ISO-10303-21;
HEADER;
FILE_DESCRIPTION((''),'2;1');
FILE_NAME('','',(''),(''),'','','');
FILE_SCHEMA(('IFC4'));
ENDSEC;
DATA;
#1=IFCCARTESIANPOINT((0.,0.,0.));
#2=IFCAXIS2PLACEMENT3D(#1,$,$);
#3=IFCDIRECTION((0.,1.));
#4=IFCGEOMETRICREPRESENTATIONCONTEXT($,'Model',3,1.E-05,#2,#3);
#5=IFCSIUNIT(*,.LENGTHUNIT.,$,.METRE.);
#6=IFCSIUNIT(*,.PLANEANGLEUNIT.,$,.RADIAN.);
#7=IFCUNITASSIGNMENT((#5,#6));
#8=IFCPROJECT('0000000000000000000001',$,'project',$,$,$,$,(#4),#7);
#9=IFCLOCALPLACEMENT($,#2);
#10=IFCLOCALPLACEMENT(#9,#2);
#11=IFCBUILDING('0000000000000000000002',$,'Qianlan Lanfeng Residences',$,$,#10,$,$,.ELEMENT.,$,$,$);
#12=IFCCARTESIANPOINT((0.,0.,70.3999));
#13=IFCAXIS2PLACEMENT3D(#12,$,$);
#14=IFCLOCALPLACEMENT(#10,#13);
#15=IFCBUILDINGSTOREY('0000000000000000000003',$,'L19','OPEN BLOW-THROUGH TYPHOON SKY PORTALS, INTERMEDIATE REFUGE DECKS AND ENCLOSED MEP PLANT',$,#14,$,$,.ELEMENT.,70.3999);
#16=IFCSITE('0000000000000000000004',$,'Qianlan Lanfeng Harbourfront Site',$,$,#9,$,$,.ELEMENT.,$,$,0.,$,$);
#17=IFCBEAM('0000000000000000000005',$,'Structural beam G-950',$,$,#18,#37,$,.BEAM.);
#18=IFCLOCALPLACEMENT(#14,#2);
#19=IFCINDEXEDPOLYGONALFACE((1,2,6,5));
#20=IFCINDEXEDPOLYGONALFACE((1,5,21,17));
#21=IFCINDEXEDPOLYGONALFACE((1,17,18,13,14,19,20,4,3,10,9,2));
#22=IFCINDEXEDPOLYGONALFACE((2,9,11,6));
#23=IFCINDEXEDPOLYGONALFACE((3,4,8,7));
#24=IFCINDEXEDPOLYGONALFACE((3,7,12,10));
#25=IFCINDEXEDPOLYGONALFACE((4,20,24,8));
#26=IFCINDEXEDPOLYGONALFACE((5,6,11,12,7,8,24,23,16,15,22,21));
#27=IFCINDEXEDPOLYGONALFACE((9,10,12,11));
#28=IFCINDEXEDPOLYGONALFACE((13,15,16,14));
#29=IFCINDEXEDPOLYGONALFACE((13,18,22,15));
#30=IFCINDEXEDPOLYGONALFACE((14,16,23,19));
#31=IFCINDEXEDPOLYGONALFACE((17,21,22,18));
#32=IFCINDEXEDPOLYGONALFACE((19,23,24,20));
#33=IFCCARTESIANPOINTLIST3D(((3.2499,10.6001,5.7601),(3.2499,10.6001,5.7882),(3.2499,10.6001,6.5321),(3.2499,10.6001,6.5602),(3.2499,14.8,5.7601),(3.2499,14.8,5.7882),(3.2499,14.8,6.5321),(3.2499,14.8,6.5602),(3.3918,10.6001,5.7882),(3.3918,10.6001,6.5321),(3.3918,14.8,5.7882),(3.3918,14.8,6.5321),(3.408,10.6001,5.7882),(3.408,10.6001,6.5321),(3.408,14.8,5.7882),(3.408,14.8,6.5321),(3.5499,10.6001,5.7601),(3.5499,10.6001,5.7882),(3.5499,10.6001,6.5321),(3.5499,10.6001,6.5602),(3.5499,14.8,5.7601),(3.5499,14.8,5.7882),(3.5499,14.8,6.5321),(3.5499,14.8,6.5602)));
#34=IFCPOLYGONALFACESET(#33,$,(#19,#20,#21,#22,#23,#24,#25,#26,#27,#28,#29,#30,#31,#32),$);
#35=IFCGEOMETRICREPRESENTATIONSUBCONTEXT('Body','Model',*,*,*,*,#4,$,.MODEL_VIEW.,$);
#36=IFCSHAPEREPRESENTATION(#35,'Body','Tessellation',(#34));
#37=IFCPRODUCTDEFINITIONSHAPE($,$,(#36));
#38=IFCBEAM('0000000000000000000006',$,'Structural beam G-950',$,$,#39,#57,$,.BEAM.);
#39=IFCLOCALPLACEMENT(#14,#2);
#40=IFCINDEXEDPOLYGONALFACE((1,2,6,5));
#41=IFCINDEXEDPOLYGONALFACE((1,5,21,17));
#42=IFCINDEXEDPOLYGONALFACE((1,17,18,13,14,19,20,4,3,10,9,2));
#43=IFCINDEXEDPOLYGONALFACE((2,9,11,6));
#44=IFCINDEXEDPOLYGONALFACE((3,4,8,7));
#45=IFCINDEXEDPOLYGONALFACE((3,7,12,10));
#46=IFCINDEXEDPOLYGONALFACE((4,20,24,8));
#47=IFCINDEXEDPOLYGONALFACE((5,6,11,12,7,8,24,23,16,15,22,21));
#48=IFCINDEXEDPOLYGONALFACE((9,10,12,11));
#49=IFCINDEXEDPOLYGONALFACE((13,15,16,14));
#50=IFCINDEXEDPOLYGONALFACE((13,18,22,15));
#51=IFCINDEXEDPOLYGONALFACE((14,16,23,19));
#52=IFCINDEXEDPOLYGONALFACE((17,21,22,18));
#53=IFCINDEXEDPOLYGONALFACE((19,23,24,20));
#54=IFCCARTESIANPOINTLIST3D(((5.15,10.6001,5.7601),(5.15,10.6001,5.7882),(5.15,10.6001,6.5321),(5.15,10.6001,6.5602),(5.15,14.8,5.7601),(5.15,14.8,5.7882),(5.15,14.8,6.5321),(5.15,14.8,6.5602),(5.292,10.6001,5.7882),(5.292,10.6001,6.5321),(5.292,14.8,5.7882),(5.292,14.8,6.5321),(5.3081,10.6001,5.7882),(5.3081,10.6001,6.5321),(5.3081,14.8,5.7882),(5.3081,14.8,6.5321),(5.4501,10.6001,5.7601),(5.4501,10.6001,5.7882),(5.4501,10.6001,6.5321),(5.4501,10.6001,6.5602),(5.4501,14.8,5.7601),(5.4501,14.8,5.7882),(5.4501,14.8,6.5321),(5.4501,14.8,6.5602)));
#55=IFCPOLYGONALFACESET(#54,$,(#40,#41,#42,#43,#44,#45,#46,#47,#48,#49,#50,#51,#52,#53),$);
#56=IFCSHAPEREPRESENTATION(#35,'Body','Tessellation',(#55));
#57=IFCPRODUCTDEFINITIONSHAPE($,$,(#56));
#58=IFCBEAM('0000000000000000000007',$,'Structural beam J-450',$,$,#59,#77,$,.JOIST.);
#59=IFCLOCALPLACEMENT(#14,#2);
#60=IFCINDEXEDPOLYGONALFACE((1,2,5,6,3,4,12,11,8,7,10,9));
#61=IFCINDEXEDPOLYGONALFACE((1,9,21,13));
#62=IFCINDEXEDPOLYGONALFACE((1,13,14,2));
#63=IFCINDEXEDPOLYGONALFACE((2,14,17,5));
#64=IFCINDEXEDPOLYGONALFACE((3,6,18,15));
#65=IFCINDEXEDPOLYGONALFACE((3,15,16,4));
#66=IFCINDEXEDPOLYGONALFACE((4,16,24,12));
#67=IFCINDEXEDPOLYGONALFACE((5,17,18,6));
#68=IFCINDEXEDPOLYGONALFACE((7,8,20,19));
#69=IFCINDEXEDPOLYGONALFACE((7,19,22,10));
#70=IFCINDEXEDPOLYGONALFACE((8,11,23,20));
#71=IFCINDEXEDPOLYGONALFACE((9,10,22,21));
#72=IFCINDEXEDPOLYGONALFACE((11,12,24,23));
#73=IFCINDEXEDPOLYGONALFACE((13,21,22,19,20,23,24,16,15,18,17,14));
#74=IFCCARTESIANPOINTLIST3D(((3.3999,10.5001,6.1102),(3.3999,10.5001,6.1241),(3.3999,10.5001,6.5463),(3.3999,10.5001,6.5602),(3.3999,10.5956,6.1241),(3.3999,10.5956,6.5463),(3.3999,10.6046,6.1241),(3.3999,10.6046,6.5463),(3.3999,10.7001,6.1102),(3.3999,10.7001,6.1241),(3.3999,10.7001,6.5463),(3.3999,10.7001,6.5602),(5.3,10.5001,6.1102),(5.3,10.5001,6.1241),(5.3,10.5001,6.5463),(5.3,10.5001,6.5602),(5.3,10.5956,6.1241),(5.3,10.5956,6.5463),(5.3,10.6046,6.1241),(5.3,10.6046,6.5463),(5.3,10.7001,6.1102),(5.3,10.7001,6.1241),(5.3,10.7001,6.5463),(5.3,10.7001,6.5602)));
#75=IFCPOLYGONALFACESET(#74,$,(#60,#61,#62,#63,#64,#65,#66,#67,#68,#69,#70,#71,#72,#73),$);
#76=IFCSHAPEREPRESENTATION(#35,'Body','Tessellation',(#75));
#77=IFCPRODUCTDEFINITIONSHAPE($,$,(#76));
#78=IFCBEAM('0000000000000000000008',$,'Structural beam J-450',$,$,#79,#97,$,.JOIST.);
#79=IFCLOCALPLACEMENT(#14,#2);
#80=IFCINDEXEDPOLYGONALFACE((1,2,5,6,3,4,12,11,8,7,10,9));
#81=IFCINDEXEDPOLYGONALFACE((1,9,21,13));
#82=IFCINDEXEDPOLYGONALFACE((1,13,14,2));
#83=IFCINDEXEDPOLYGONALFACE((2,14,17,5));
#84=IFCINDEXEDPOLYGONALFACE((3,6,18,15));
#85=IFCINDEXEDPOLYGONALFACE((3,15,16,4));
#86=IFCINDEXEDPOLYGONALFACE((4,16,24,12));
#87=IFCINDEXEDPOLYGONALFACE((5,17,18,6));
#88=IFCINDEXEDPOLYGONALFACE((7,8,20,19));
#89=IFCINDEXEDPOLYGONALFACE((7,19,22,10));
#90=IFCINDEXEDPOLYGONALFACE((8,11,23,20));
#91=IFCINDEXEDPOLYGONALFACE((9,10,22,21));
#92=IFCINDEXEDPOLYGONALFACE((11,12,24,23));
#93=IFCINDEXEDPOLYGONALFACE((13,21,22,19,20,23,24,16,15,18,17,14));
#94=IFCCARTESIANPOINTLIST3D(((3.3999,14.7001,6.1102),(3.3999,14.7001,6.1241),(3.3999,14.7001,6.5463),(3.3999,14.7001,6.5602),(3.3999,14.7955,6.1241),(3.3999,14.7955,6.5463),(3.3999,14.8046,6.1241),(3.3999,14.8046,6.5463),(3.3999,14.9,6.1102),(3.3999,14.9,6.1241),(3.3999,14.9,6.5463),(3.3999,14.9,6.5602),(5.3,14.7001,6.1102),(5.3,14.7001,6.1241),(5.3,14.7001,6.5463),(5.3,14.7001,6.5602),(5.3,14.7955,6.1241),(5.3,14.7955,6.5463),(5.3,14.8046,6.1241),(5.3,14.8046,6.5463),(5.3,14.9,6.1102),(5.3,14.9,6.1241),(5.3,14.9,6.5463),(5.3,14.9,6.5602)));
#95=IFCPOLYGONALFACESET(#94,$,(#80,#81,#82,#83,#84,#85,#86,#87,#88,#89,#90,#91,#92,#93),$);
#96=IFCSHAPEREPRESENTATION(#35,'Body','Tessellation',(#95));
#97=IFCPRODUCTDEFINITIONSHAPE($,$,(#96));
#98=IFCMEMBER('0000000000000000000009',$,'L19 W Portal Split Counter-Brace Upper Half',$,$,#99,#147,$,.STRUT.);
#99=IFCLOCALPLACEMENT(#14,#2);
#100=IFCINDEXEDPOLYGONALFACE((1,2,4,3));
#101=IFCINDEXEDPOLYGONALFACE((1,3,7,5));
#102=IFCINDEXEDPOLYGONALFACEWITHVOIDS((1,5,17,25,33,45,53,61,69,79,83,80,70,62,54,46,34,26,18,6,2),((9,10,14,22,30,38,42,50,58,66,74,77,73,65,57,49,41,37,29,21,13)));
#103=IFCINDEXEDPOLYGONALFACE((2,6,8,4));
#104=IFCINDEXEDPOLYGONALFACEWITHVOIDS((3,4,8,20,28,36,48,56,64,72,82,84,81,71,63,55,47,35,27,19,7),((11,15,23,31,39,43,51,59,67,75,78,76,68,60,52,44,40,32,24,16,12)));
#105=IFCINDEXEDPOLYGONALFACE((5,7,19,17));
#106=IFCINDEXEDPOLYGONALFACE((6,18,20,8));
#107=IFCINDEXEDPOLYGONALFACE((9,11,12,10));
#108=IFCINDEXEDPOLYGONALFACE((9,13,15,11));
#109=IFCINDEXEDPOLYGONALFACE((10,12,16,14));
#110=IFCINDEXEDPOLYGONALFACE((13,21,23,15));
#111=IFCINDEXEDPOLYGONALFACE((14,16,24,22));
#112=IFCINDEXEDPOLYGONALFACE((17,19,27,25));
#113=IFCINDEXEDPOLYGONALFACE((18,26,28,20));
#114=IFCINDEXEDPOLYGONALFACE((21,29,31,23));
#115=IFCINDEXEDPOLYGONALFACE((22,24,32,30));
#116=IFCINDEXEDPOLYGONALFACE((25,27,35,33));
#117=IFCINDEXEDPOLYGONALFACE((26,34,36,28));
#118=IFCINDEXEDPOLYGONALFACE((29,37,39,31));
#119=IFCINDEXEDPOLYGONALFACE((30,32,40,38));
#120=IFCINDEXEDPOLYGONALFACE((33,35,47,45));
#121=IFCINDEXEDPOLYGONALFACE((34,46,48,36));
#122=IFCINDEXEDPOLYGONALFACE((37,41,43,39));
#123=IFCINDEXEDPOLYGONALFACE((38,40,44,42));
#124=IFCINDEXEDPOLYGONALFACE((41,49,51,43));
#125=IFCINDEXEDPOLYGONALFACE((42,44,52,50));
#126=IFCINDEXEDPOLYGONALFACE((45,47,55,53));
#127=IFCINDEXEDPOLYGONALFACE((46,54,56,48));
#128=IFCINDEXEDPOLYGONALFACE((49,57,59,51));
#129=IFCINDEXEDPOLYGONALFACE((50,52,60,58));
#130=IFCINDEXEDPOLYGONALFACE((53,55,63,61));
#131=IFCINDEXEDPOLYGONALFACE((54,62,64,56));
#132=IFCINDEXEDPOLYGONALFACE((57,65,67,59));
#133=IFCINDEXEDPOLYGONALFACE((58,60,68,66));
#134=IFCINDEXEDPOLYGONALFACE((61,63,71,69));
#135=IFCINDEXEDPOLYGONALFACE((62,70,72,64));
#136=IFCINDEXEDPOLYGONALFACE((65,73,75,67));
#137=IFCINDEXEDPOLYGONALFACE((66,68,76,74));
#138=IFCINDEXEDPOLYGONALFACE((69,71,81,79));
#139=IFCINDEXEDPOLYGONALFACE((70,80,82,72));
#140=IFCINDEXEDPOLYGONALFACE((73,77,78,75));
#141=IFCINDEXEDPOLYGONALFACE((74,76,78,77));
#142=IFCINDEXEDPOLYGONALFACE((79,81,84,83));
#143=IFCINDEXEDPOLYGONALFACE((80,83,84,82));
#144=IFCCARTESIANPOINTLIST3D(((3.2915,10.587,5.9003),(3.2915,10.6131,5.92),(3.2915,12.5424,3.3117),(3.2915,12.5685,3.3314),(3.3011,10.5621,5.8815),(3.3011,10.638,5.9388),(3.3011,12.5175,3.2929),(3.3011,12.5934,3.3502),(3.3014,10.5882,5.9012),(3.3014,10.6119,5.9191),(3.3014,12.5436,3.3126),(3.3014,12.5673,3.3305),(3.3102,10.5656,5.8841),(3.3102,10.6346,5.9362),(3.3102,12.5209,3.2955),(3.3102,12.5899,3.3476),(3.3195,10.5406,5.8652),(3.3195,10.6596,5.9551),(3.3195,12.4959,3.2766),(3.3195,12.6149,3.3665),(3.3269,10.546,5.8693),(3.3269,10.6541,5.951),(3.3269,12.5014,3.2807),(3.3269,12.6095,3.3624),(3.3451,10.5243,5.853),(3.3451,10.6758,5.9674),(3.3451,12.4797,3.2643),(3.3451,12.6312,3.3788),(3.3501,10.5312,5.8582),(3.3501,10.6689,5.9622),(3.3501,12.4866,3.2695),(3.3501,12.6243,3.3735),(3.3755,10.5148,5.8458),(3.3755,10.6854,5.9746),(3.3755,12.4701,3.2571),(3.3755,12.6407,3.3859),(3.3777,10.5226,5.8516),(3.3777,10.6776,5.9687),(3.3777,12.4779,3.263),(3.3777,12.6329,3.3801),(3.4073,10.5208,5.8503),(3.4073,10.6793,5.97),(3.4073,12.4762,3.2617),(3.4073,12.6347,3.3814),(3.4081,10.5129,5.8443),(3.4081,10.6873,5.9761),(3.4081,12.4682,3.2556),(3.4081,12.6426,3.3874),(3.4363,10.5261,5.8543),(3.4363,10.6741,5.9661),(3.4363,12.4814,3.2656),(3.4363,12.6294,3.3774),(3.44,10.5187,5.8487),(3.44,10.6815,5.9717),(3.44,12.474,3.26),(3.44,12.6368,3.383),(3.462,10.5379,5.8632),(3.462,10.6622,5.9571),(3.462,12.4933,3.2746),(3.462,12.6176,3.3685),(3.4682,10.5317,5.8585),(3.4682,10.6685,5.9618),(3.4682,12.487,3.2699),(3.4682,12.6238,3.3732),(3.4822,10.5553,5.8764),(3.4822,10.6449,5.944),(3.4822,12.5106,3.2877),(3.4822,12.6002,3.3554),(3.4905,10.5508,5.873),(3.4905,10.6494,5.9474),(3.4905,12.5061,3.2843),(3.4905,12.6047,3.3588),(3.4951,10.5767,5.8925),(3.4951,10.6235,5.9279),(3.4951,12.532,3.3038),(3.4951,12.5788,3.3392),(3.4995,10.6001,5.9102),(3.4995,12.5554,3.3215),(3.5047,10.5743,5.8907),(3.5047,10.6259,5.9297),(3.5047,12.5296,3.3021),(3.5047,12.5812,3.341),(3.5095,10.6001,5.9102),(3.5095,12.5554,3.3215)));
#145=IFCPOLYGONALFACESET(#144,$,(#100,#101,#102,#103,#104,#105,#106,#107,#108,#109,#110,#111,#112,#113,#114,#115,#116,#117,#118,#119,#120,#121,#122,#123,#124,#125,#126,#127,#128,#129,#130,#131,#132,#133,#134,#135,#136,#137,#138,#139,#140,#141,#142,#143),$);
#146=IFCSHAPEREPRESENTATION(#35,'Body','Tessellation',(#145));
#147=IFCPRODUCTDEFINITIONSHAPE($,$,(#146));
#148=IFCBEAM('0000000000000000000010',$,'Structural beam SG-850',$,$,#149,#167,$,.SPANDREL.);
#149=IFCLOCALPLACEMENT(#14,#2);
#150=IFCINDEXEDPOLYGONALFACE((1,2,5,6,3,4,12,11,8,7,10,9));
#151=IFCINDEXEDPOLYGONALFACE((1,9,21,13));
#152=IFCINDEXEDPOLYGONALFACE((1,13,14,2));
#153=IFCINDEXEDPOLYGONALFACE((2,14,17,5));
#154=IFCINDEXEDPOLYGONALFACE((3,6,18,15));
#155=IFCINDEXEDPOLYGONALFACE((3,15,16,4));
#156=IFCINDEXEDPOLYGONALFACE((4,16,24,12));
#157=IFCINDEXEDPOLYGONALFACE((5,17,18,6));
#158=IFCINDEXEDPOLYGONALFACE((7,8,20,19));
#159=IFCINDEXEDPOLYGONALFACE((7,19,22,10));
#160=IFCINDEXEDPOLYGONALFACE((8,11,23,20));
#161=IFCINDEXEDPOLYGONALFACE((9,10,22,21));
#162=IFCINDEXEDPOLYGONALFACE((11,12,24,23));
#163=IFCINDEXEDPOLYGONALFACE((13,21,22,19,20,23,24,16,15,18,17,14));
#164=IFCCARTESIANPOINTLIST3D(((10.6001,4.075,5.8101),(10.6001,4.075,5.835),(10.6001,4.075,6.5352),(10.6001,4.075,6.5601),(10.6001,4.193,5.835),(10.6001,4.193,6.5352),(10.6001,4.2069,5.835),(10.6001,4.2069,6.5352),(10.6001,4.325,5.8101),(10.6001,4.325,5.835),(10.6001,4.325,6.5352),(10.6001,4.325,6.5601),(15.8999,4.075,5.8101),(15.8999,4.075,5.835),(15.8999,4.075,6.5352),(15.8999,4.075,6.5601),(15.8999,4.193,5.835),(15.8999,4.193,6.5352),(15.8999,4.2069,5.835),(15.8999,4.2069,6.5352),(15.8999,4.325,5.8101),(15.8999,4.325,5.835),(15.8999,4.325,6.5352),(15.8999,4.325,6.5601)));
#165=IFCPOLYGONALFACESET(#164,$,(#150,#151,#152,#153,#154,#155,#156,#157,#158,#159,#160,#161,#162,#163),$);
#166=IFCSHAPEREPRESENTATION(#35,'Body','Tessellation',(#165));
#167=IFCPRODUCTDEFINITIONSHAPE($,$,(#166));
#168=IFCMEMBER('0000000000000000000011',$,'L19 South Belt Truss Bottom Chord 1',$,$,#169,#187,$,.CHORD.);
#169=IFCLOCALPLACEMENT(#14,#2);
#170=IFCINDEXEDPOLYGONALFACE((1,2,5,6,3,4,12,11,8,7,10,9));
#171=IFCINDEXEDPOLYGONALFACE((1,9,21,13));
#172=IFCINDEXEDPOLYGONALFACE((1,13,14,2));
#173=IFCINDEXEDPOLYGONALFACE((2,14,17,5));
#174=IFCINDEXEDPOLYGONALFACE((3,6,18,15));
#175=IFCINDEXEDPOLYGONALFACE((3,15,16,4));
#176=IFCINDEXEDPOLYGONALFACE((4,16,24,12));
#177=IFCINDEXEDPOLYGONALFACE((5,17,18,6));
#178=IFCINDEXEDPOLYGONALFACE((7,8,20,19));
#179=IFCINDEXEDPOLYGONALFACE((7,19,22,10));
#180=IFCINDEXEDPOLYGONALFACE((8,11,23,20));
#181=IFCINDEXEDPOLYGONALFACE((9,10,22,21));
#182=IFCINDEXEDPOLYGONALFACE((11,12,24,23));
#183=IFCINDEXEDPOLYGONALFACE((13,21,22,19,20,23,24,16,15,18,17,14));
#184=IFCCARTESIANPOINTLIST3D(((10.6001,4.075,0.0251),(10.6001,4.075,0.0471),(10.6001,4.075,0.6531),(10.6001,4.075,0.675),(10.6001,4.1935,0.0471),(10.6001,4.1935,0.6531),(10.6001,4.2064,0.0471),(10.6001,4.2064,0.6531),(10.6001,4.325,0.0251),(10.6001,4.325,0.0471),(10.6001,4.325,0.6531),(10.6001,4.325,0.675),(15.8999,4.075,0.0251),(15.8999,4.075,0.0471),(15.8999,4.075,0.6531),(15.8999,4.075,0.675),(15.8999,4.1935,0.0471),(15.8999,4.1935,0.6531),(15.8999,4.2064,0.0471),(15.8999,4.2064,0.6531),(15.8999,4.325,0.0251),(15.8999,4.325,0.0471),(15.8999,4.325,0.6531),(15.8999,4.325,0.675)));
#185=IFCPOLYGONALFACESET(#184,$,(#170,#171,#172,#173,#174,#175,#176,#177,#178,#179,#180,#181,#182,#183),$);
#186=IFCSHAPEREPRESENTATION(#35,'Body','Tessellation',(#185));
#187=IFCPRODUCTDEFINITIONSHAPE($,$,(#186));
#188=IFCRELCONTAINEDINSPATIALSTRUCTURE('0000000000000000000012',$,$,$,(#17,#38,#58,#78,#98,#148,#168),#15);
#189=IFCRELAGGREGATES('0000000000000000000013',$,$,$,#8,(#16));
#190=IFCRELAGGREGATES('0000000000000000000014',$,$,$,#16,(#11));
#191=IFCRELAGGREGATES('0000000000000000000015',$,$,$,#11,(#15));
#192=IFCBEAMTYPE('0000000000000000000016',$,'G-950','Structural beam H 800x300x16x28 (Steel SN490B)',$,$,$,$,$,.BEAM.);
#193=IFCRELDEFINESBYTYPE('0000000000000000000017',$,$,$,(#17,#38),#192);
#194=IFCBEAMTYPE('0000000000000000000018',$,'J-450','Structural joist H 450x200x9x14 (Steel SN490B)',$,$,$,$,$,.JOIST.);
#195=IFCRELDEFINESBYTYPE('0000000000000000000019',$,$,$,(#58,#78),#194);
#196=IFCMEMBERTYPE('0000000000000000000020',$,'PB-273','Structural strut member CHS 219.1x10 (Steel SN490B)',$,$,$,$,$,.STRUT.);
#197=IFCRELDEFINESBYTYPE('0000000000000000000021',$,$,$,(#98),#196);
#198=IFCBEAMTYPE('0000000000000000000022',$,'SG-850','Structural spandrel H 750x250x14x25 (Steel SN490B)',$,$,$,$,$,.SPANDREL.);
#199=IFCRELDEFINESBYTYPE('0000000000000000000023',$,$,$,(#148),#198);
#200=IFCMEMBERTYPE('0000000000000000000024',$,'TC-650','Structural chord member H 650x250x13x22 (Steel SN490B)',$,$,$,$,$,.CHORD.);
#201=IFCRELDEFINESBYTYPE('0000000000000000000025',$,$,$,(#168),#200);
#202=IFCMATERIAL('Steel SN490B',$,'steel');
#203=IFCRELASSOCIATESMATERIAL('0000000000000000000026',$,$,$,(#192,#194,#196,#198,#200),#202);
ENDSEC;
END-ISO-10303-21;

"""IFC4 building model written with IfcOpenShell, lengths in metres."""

from ifc_helpers import new_model, si_unit, direction, frame, origin, origin_2d, place, context, subcontext, project, spatial, hollow_circle, i_section, extrude, material, material_profile, profile_set, type_object, element, save


model = new_model("IFC4")

# Units and contexts
model_context = context("Model", 3, precision=1e-05, world=origin(), true_north=direction((0.0, 1.0)))
body_context = subcontext(model_context, "Body", "Model", "MODEL_VIEW")
ifc_project = project(units=[si_unit("LENGTHUNIT", "METRE"), si_unit("PLANEANGLEUNIT", "RADIAN")], contexts=[model_context])

# Site, building, storey
site_placement = place(None, origin())
site = spatial("IfcSite", under=ifc_project, at=site_placement, Name="Qianlan Lanfeng Harbourfront Site", CompositionType="ELEMENT", RefElevation=0.0)
building_placement = place(site_placement, origin())
building = spatial("IfcBuilding", under=site, at=building_placement, Name="Qianlan Lanfeng Residences", CompositionType="ELEMENT")
storey_placement = place(building_placement, frame((0.0, 0.0, 70.3999)))
storey = spatial("IfcBuildingStorey", under=building, at=storey_placement, Name="L19", Description="OPEN BLOW-THROUGH TYPHOON SKY PORTALS, INTERMEDIATE REFUGE DECKS AND ENCLOSED MEP PLANT", CompositionType="ELEMENT", Elevation=70.3999)

# Shared definitions
ifc_material_1 = material(Name="Steel SN490B", Category="steel")

# Beams
ifc_material_profile_1 = material_profile(ifc_material_1, i_section(OverallWidth=0.3, OverallDepth=0.8, WebThickness=0.0161, FlangeThickness=0.0281, at=origin_2d()), Name="H 800x300x16x28")
ifc_profile_set_1 = profile_set([ifc_material_profile_1], Name="Steel SN490B")
beam_type_1 = type_object("IfcBeamType", Name="G-950", Description="Structural beam H 800x300x16x28 (Steel SN490B)", PredefinedType="BEAM", material=ifc_profile_set_1)
for number, where, z_axis, x_axis, name in (
    (1, (3.3999, 10.6001, 6.1602), (0.0, 1.0, 0.0), (-1.0, 0.0, 0.0), "Structural beam G-950"),
    (2, (5.3, 10.6001, 6.1602), (0.0, 1.0, 0.0), (-1.0, 0.0, 0.0), "Structural beam G-950"),
):
    element("IfcBeam", number, at=place(storey_placement, frame(where, z_axis=z_axis, x_axis=x_axis)), inside=storey, type_object=beam_type_1, Name=name, PredefinedType="BEAM", context=body_context, shape_type="SweptSolid", body=[
        extrude(i_section(OverallWidth=0.3, OverallDepth=0.8, WebThickness=0.0161, FlangeThickness=0.0281, at=origin_2d()), origin(), (0.0, 0.0, 1.0), 4.2),
    ])
ifc_material_profile_2 = material_profile(ifc_material_1, i_section(OverallWidth=0.2, OverallDepth=0.45, WebThickness=0.009, FlangeThickness=0.0139, at=origin_2d()), Name="H 450x200x9x14")
ifc_profile_set_2 = profile_set([ifc_material_profile_2], Name="Steel SN490B")
beam_type_2 = type_object("IfcBeamType", Name="J-450", Description="Structural joist H 450x200x9x14 (Steel SN490B)", PredefinedType="JOIST", material=ifc_profile_set_2)
for number, where, z_axis, x_axis, name in (
    (3, (3.3999, 10.6001, 6.3352), (1.0, 0.0, 0.0), (0.0, 1.0, 0.0), "Structural beam J-450"),
    (4, (3.3999, 14.8, 6.3352), (1.0, 0.0, 0.0), (0.0, 1.0, 0.0), "Structural beam J-450"),
):
    element("IfcBeam", number, at=place(storey_placement, frame(where, z_axis=z_axis, x_axis=x_axis)), inside=storey, type_object=beam_type_2, Name=name, PredefinedType="JOIST", context=body_context, shape_type="SweptSolid", body=[
        extrude(i_section(OverallWidth=0.2, OverallDepth=0.45, WebThickness=0.009, FlangeThickness=0.0139, at=origin_2d()), origin(), (0.0, 0.0, 1.0), 1.9001),
    ])

# Member
ifc_material_profile_3 = material_profile(ifc_material_1, hollow_circle(Radius=0.1096, WallThickness=0.01, at=origin_2d()), Name="CHS 219.1x10")
ifc_profile_set_3 = profile_set([ifc_material_profile_3], Name="Steel SN490B")
member_type_1 = type_object("IfcMemberType", Name="PB-273", Description="Structural strut member CHS 219.1x10 (Steel SN490B)", PredefinedType="STRUT", material=ifc_profile_set_3)
member_1_placement = place(storey_placement, frame((3.3999, 12.5554, 3.3215), z_axis=(0.0, -0.60273, 0.797945), x_axis=(1.0, 0.0, 0.0)))
element("IfcMember", 5, at=member_1_placement, inside=storey, type_object=member_type_1, Name="L19 W Portal Split Counter-Brace Upper Half", PredefinedType="STRUT", context=body_context, shape_type="SweptSolid", body=[
    extrude(hollow_circle(Radius=0.1096, WallThickness=0.01, at=origin_2d()), origin(), (0.0, 0.0, 1.0), 3.2441),
])

# Beam
ifc_material_profile_4 = material_profile(ifc_material_1, i_section(OverallWidth=0.25, OverallDepth=0.75, WebThickness=0.0139, FlangeThickness=0.0249, at=origin_2d()), Name="H 750x250x14x25")
ifc_profile_set_4 = profile_set([ifc_material_profile_4], Name="Steel SN490B")
beam_type_3 = type_object("IfcBeamType", Name="SG-850", Description="Structural spandrel H 750x250x14x25 (Steel SN490B)", PredefinedType="SPANDREL", material=ifc_profile_set_4)
beam_1_placement = place(storey_placement, frame((10.6001, 4.2, 6.1851), z_axis=(1.0, 0.0, 0.0), x_axis=(0.0, 1.0, 0.0)))
element("IfcBeam", 6, at=beam_1_placement, inside=storey, type_object=beam_type_3, Name="Structural beam SG-850", PredefinedType="SPANDREL", context=body_context, shape_type="SweptSolid", body=[
    extrude(i_section(OverallWidth=0.25, OverallDepth=0.75, WebThickness=0.0139, FlangeThickness=0.0249, at=origin_2d()), origin(), (0.0, 0.0, 1.0), 5.2998),
])

# Member
ifc_material_profile_5 = material_profile(ifc_material_1, i_section(OverallWidth=0.25, OverallDepth=0.6499, WebThickness=0.0129, FlangeThickness=0.022, at=origin_2d()), Name="H 650x250x13x22")
ifc_profile_set_5 = profile_set([ifc_material_profile_5], Name="Steel SN490B")
member_type_2 = type_object("IfcMemberType", Name="TC-650", Description="Structural chord member H 650x250x13x22 (Steel SN490B)", PredefinedType="CHORD", material=ifc_profile_set_5)
member_2_placement = place(storey_placement, frame((10.6001, 4.2, 0.3501), z_axis=(1.0, 0.0, 0.0), x_axis=(0.0, 1.0, 0.0)))
element("IfcMember", 7, at=member_2_placement, inside=storey, type_object=member_type_2, Name="L19 South Belt Truss Bottom Chord 1", PredefinedType="CHORD", context=body_context, shape_type="SweptSolid", body=[
    extrude(i_section(OverallWidth=0.25, OverallDepth=0.6499, WebThickness=0.0129, FlangeThickness=0.022, at=origin_2d()), origin(), (0.0, 0.0, 1.0), 5.2998),
])

save(model, "model.ifc")
